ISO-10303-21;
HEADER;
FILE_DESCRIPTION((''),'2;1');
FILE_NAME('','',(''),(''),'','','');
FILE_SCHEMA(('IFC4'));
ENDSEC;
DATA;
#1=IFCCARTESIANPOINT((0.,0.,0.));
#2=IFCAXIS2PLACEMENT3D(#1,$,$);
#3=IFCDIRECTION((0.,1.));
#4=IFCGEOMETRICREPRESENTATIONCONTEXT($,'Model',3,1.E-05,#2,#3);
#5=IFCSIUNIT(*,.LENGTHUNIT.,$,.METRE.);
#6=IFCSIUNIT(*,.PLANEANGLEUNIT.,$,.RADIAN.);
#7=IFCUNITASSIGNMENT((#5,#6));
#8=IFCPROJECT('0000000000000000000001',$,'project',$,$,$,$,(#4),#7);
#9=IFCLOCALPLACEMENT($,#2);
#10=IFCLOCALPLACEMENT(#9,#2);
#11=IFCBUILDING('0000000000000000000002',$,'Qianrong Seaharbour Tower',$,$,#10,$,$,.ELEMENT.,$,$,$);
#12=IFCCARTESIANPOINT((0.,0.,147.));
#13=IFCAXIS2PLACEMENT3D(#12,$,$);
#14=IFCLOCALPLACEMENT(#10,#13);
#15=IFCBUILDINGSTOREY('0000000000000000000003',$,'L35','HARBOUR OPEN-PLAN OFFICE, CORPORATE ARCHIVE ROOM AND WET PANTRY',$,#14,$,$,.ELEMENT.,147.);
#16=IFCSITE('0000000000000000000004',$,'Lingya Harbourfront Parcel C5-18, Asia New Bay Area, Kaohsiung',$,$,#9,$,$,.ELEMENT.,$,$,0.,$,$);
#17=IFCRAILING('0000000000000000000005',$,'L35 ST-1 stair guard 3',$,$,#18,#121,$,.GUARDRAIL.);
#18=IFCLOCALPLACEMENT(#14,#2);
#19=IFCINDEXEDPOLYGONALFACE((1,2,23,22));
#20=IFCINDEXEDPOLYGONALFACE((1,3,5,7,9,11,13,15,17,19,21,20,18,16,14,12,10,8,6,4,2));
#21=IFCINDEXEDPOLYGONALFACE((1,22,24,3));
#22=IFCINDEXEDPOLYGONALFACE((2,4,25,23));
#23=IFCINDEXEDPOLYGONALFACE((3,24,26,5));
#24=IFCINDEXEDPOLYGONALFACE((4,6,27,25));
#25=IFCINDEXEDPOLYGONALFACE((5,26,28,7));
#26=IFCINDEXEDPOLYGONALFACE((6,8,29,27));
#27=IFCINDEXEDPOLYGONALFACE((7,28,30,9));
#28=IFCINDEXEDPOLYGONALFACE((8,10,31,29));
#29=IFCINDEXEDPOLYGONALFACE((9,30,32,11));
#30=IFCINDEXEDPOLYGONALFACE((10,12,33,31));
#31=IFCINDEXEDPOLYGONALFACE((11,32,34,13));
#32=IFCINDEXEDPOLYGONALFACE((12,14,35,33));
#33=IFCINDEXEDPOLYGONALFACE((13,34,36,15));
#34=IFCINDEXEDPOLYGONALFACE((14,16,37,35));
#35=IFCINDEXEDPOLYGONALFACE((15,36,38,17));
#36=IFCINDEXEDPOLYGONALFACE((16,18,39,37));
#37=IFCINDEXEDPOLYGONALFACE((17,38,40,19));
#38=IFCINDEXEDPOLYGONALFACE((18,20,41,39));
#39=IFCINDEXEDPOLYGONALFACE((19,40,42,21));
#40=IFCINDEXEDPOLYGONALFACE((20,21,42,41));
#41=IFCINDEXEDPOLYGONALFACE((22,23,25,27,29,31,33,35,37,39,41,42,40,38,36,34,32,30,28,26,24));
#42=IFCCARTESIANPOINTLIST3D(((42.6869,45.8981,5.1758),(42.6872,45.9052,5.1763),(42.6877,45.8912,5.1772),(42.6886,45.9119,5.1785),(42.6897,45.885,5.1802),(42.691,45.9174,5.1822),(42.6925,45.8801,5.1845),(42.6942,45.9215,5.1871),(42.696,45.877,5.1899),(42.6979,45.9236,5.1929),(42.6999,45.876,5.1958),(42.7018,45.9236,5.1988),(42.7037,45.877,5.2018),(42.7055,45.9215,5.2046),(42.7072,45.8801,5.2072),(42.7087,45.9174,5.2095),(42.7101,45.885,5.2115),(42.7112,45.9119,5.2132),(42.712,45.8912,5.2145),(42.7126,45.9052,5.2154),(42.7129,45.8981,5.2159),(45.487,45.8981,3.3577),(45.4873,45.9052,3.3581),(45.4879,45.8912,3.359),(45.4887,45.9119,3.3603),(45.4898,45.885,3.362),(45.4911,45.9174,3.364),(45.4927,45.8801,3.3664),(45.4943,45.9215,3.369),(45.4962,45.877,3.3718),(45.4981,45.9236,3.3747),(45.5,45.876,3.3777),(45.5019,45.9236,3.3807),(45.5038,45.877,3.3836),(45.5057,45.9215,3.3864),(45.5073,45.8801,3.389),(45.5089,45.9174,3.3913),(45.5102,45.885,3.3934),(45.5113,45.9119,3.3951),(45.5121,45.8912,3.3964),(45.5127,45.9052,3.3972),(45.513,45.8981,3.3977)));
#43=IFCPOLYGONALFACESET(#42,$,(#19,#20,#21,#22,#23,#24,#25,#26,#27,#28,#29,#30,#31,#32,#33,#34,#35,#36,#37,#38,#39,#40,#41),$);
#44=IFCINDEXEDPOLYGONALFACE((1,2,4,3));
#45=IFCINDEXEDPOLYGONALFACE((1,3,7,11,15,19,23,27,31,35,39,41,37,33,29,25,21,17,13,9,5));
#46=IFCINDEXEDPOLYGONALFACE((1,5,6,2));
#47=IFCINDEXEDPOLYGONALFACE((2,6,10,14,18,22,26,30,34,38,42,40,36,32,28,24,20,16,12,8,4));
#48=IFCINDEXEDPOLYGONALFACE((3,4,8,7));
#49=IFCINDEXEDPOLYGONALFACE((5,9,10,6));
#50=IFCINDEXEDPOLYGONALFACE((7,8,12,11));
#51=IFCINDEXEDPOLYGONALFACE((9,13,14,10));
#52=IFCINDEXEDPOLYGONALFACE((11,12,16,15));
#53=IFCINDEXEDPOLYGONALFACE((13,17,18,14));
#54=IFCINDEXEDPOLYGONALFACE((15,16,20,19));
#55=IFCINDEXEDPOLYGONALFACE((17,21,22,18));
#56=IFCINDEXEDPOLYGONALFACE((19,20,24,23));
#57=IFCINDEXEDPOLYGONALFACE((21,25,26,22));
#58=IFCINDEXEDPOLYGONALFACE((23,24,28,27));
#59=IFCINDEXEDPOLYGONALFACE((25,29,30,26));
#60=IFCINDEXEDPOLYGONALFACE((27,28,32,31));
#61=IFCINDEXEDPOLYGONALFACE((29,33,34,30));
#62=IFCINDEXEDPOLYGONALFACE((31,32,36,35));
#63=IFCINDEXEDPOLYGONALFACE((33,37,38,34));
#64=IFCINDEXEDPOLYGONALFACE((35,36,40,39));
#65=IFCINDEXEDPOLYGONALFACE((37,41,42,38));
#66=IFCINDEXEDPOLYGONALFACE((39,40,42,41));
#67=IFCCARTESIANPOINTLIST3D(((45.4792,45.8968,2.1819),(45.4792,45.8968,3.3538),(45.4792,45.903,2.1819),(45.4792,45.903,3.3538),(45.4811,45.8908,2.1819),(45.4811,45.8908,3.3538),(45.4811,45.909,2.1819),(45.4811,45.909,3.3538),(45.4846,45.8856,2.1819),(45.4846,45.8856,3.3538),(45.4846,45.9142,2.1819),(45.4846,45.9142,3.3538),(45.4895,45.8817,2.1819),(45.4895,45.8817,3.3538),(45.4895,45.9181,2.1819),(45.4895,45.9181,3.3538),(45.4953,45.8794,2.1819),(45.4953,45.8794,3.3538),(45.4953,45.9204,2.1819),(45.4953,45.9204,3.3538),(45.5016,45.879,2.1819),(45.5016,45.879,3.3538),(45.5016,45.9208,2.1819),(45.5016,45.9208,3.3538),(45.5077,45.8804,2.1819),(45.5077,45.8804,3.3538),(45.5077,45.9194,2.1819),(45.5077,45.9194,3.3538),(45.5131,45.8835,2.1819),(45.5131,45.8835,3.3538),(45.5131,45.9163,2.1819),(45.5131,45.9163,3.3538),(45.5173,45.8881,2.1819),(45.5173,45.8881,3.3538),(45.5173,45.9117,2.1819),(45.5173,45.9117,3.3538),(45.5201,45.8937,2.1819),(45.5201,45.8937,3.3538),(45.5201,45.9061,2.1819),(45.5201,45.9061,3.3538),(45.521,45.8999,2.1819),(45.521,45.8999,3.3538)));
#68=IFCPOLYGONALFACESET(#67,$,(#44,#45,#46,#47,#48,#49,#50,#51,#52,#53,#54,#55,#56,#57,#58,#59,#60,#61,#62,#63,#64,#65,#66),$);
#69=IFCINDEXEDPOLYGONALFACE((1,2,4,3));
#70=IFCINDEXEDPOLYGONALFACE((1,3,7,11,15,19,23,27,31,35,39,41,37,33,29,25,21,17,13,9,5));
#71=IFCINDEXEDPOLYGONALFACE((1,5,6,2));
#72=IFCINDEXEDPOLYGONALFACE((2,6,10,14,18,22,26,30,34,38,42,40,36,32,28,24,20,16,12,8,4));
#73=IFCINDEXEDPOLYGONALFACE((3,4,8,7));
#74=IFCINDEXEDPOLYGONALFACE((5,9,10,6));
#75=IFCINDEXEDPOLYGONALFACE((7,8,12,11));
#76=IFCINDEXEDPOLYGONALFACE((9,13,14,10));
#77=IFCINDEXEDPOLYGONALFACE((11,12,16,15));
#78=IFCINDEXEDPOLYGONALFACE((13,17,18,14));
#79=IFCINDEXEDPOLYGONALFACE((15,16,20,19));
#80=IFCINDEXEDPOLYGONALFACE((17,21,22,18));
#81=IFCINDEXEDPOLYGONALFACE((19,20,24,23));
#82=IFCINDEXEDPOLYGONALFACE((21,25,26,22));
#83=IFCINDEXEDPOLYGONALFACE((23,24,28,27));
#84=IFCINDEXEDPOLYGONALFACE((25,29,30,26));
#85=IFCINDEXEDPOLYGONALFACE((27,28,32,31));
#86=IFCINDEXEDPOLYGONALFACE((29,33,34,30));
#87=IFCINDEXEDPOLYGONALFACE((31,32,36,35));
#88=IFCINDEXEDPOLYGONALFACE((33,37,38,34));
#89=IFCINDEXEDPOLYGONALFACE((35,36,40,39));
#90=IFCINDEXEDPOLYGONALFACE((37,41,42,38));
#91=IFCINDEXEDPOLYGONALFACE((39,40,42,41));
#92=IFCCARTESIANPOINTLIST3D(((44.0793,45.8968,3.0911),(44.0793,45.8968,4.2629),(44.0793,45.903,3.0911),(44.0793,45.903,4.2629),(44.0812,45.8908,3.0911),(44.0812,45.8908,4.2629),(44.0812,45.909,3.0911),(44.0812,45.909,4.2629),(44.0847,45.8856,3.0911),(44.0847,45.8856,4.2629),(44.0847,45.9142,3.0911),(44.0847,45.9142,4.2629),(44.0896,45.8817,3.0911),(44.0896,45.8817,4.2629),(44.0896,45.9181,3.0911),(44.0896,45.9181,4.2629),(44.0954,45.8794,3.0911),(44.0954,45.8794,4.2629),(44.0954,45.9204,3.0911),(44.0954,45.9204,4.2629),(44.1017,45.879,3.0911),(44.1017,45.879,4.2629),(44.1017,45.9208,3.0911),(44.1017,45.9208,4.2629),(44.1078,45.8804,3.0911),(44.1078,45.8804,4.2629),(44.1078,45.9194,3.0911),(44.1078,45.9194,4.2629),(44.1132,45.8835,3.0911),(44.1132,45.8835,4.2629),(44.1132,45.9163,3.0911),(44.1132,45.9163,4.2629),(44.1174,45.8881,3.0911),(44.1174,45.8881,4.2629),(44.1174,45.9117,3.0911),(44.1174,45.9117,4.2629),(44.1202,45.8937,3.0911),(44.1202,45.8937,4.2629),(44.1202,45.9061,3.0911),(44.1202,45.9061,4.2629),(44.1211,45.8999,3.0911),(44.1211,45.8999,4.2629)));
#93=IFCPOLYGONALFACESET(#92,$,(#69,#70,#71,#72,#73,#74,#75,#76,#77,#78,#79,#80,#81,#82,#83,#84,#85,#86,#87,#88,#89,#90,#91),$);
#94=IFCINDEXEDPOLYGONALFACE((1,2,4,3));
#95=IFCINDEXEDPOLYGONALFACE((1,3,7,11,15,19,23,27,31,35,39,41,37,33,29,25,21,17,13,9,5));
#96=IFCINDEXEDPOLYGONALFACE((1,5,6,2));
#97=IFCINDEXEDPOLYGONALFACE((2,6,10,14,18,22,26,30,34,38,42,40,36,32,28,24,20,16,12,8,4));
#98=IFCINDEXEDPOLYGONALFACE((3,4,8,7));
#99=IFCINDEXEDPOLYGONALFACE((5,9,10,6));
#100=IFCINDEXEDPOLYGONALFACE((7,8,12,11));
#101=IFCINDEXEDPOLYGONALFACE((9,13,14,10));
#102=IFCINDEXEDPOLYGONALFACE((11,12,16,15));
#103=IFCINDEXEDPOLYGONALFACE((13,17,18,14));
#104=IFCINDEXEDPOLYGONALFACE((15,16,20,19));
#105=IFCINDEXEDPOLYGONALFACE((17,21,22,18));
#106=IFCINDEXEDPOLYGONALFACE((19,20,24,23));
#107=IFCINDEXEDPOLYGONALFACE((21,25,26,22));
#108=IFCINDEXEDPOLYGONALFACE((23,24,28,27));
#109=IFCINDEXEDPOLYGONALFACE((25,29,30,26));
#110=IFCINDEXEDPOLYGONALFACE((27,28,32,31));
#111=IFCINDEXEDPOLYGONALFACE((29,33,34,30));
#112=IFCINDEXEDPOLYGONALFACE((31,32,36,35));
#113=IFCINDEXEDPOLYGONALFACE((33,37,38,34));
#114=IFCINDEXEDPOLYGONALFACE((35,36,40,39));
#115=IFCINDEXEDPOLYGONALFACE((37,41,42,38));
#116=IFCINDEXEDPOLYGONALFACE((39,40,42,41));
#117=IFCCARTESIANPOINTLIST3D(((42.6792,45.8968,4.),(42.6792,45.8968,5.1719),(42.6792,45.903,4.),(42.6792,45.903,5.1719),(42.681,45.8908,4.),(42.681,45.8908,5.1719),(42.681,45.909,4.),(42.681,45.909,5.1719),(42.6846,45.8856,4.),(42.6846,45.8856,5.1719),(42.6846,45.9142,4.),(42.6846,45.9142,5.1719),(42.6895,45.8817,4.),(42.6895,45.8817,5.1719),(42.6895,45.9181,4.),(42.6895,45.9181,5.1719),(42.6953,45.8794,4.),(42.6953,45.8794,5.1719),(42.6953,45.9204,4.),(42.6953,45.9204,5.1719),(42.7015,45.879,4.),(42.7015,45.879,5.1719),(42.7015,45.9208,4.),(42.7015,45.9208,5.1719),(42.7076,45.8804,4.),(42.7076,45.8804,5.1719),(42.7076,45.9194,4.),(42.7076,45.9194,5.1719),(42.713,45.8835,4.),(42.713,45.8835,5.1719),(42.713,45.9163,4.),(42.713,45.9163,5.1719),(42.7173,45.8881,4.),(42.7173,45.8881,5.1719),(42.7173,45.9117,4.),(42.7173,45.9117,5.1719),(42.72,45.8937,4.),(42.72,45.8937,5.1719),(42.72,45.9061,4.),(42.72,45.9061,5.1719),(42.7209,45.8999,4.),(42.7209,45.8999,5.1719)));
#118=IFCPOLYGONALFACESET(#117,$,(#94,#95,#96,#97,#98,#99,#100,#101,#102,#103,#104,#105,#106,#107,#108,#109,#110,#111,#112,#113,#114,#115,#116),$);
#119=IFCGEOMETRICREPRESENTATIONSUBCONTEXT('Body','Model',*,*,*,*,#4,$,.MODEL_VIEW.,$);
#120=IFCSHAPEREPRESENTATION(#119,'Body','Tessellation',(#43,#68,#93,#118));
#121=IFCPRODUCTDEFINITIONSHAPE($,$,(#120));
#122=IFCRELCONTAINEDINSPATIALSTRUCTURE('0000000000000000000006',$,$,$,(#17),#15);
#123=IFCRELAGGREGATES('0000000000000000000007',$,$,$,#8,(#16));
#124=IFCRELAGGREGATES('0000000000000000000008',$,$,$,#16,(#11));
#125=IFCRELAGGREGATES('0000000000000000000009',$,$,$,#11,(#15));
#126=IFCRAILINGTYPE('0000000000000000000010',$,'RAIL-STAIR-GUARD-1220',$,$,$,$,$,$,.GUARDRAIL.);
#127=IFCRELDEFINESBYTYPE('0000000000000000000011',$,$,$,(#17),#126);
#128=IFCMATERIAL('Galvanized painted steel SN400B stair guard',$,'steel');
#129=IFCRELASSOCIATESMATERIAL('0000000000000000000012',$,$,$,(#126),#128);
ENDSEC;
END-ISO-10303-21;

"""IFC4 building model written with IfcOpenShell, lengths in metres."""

from ifc_helpers import new_model, si_unit, direction, frame, origin, origin_2d, place, context, subcontext, project, spatial, circle, extrude, material, type_object, element, save


model = new_model("IFC4")

# Units and contexts
model_context = context("Model", 3, precision=1e-05, world=origin(), true_north=direction((0.0, 1.0)))
body_context = subcontext(model_context, "Body", "Model", "MODEL_VIEW")
ifc_project = project(units=[si_unit("LENGTHUNIT", "METRE"), si_unit("PLANEANGLEUNIT", "RADIAN")], contexts=[model_context])

# Site, building, storey
site_placement = place(None, origin())
site = spatial("IfcSite", under=ifc_project, at=site_placement, Name="Lingya Harbourfront Parcel C5-18, Asia New Bay Area, Kaohsiung", CompositionType="ELEMENT", RefElevation=0.0)
building_placement = place(site_placement, origin())
building = spatial("IfcBuilding", under=site, at=building_placement, Name="Qianrong Seaharbour Tower", CompositionType="ELEMENT")
storey_placement = place(building_placement, frame((0.0, 0.0, 147.0)))
storey = spatial("IfcBuildingStorey", under=building, at=storey_placement, Name="L35", Description="HARBOUR OPEN-PLAN OFFICE, CORPORATE ARCHIVE ROOM AND WET PANTRY", CompositionType="ELEMENT", Elevation=147.0)

# Railing
ifc_material_1 = material(Name="Galvanized painted steel SN400B stair guard", Category="steel")
railing_type_1 = type_object("IfcRailingType", Name="RAIL-STAIR-GUARD-1220", PredefinedType="GUARDRAIL", material=ifc_material_1)
railing_1_placement = place(storey_placement, frame((45.5, 45.8999, 2.1819)))
element("IfcRailing", 1, at=railing_1_placement, inside=storey, type_object=railing_type_1, Name="L35 ST-1 stair guard 3", PredefinedType="GUARDRAIL", context=body_context, shape_type="SweptSolid", body=[
    extrude(circle(Radius=0.0239, at=origin_2d()), frame((0.0, 0.0, 1.1958), z_axis=(-0.838706, 0.0, 0.544585), x_axis=(0.0, -1.0, 0.0)), (0.0, 0.0, 1.0), 3.3386),
    extrude(circle(Radius=0.021, at=origin_2d()), origin(), (0.0, 0.0, 1.0), 1.1719),
    extrude(circle(Radius=0.021, at=origin_2d()), frame((-1.3999, 0.0, 0.9092)), (0.0, 0.0, 1.0), 1.1719),
    extrude(circle(Radius=0.021, at=origin_2d()), frame((-2.8, 0.0, 1.8181)), (0.0, 0.0, 1.0), 1.1719),
])

save(model, "model.ifc")
